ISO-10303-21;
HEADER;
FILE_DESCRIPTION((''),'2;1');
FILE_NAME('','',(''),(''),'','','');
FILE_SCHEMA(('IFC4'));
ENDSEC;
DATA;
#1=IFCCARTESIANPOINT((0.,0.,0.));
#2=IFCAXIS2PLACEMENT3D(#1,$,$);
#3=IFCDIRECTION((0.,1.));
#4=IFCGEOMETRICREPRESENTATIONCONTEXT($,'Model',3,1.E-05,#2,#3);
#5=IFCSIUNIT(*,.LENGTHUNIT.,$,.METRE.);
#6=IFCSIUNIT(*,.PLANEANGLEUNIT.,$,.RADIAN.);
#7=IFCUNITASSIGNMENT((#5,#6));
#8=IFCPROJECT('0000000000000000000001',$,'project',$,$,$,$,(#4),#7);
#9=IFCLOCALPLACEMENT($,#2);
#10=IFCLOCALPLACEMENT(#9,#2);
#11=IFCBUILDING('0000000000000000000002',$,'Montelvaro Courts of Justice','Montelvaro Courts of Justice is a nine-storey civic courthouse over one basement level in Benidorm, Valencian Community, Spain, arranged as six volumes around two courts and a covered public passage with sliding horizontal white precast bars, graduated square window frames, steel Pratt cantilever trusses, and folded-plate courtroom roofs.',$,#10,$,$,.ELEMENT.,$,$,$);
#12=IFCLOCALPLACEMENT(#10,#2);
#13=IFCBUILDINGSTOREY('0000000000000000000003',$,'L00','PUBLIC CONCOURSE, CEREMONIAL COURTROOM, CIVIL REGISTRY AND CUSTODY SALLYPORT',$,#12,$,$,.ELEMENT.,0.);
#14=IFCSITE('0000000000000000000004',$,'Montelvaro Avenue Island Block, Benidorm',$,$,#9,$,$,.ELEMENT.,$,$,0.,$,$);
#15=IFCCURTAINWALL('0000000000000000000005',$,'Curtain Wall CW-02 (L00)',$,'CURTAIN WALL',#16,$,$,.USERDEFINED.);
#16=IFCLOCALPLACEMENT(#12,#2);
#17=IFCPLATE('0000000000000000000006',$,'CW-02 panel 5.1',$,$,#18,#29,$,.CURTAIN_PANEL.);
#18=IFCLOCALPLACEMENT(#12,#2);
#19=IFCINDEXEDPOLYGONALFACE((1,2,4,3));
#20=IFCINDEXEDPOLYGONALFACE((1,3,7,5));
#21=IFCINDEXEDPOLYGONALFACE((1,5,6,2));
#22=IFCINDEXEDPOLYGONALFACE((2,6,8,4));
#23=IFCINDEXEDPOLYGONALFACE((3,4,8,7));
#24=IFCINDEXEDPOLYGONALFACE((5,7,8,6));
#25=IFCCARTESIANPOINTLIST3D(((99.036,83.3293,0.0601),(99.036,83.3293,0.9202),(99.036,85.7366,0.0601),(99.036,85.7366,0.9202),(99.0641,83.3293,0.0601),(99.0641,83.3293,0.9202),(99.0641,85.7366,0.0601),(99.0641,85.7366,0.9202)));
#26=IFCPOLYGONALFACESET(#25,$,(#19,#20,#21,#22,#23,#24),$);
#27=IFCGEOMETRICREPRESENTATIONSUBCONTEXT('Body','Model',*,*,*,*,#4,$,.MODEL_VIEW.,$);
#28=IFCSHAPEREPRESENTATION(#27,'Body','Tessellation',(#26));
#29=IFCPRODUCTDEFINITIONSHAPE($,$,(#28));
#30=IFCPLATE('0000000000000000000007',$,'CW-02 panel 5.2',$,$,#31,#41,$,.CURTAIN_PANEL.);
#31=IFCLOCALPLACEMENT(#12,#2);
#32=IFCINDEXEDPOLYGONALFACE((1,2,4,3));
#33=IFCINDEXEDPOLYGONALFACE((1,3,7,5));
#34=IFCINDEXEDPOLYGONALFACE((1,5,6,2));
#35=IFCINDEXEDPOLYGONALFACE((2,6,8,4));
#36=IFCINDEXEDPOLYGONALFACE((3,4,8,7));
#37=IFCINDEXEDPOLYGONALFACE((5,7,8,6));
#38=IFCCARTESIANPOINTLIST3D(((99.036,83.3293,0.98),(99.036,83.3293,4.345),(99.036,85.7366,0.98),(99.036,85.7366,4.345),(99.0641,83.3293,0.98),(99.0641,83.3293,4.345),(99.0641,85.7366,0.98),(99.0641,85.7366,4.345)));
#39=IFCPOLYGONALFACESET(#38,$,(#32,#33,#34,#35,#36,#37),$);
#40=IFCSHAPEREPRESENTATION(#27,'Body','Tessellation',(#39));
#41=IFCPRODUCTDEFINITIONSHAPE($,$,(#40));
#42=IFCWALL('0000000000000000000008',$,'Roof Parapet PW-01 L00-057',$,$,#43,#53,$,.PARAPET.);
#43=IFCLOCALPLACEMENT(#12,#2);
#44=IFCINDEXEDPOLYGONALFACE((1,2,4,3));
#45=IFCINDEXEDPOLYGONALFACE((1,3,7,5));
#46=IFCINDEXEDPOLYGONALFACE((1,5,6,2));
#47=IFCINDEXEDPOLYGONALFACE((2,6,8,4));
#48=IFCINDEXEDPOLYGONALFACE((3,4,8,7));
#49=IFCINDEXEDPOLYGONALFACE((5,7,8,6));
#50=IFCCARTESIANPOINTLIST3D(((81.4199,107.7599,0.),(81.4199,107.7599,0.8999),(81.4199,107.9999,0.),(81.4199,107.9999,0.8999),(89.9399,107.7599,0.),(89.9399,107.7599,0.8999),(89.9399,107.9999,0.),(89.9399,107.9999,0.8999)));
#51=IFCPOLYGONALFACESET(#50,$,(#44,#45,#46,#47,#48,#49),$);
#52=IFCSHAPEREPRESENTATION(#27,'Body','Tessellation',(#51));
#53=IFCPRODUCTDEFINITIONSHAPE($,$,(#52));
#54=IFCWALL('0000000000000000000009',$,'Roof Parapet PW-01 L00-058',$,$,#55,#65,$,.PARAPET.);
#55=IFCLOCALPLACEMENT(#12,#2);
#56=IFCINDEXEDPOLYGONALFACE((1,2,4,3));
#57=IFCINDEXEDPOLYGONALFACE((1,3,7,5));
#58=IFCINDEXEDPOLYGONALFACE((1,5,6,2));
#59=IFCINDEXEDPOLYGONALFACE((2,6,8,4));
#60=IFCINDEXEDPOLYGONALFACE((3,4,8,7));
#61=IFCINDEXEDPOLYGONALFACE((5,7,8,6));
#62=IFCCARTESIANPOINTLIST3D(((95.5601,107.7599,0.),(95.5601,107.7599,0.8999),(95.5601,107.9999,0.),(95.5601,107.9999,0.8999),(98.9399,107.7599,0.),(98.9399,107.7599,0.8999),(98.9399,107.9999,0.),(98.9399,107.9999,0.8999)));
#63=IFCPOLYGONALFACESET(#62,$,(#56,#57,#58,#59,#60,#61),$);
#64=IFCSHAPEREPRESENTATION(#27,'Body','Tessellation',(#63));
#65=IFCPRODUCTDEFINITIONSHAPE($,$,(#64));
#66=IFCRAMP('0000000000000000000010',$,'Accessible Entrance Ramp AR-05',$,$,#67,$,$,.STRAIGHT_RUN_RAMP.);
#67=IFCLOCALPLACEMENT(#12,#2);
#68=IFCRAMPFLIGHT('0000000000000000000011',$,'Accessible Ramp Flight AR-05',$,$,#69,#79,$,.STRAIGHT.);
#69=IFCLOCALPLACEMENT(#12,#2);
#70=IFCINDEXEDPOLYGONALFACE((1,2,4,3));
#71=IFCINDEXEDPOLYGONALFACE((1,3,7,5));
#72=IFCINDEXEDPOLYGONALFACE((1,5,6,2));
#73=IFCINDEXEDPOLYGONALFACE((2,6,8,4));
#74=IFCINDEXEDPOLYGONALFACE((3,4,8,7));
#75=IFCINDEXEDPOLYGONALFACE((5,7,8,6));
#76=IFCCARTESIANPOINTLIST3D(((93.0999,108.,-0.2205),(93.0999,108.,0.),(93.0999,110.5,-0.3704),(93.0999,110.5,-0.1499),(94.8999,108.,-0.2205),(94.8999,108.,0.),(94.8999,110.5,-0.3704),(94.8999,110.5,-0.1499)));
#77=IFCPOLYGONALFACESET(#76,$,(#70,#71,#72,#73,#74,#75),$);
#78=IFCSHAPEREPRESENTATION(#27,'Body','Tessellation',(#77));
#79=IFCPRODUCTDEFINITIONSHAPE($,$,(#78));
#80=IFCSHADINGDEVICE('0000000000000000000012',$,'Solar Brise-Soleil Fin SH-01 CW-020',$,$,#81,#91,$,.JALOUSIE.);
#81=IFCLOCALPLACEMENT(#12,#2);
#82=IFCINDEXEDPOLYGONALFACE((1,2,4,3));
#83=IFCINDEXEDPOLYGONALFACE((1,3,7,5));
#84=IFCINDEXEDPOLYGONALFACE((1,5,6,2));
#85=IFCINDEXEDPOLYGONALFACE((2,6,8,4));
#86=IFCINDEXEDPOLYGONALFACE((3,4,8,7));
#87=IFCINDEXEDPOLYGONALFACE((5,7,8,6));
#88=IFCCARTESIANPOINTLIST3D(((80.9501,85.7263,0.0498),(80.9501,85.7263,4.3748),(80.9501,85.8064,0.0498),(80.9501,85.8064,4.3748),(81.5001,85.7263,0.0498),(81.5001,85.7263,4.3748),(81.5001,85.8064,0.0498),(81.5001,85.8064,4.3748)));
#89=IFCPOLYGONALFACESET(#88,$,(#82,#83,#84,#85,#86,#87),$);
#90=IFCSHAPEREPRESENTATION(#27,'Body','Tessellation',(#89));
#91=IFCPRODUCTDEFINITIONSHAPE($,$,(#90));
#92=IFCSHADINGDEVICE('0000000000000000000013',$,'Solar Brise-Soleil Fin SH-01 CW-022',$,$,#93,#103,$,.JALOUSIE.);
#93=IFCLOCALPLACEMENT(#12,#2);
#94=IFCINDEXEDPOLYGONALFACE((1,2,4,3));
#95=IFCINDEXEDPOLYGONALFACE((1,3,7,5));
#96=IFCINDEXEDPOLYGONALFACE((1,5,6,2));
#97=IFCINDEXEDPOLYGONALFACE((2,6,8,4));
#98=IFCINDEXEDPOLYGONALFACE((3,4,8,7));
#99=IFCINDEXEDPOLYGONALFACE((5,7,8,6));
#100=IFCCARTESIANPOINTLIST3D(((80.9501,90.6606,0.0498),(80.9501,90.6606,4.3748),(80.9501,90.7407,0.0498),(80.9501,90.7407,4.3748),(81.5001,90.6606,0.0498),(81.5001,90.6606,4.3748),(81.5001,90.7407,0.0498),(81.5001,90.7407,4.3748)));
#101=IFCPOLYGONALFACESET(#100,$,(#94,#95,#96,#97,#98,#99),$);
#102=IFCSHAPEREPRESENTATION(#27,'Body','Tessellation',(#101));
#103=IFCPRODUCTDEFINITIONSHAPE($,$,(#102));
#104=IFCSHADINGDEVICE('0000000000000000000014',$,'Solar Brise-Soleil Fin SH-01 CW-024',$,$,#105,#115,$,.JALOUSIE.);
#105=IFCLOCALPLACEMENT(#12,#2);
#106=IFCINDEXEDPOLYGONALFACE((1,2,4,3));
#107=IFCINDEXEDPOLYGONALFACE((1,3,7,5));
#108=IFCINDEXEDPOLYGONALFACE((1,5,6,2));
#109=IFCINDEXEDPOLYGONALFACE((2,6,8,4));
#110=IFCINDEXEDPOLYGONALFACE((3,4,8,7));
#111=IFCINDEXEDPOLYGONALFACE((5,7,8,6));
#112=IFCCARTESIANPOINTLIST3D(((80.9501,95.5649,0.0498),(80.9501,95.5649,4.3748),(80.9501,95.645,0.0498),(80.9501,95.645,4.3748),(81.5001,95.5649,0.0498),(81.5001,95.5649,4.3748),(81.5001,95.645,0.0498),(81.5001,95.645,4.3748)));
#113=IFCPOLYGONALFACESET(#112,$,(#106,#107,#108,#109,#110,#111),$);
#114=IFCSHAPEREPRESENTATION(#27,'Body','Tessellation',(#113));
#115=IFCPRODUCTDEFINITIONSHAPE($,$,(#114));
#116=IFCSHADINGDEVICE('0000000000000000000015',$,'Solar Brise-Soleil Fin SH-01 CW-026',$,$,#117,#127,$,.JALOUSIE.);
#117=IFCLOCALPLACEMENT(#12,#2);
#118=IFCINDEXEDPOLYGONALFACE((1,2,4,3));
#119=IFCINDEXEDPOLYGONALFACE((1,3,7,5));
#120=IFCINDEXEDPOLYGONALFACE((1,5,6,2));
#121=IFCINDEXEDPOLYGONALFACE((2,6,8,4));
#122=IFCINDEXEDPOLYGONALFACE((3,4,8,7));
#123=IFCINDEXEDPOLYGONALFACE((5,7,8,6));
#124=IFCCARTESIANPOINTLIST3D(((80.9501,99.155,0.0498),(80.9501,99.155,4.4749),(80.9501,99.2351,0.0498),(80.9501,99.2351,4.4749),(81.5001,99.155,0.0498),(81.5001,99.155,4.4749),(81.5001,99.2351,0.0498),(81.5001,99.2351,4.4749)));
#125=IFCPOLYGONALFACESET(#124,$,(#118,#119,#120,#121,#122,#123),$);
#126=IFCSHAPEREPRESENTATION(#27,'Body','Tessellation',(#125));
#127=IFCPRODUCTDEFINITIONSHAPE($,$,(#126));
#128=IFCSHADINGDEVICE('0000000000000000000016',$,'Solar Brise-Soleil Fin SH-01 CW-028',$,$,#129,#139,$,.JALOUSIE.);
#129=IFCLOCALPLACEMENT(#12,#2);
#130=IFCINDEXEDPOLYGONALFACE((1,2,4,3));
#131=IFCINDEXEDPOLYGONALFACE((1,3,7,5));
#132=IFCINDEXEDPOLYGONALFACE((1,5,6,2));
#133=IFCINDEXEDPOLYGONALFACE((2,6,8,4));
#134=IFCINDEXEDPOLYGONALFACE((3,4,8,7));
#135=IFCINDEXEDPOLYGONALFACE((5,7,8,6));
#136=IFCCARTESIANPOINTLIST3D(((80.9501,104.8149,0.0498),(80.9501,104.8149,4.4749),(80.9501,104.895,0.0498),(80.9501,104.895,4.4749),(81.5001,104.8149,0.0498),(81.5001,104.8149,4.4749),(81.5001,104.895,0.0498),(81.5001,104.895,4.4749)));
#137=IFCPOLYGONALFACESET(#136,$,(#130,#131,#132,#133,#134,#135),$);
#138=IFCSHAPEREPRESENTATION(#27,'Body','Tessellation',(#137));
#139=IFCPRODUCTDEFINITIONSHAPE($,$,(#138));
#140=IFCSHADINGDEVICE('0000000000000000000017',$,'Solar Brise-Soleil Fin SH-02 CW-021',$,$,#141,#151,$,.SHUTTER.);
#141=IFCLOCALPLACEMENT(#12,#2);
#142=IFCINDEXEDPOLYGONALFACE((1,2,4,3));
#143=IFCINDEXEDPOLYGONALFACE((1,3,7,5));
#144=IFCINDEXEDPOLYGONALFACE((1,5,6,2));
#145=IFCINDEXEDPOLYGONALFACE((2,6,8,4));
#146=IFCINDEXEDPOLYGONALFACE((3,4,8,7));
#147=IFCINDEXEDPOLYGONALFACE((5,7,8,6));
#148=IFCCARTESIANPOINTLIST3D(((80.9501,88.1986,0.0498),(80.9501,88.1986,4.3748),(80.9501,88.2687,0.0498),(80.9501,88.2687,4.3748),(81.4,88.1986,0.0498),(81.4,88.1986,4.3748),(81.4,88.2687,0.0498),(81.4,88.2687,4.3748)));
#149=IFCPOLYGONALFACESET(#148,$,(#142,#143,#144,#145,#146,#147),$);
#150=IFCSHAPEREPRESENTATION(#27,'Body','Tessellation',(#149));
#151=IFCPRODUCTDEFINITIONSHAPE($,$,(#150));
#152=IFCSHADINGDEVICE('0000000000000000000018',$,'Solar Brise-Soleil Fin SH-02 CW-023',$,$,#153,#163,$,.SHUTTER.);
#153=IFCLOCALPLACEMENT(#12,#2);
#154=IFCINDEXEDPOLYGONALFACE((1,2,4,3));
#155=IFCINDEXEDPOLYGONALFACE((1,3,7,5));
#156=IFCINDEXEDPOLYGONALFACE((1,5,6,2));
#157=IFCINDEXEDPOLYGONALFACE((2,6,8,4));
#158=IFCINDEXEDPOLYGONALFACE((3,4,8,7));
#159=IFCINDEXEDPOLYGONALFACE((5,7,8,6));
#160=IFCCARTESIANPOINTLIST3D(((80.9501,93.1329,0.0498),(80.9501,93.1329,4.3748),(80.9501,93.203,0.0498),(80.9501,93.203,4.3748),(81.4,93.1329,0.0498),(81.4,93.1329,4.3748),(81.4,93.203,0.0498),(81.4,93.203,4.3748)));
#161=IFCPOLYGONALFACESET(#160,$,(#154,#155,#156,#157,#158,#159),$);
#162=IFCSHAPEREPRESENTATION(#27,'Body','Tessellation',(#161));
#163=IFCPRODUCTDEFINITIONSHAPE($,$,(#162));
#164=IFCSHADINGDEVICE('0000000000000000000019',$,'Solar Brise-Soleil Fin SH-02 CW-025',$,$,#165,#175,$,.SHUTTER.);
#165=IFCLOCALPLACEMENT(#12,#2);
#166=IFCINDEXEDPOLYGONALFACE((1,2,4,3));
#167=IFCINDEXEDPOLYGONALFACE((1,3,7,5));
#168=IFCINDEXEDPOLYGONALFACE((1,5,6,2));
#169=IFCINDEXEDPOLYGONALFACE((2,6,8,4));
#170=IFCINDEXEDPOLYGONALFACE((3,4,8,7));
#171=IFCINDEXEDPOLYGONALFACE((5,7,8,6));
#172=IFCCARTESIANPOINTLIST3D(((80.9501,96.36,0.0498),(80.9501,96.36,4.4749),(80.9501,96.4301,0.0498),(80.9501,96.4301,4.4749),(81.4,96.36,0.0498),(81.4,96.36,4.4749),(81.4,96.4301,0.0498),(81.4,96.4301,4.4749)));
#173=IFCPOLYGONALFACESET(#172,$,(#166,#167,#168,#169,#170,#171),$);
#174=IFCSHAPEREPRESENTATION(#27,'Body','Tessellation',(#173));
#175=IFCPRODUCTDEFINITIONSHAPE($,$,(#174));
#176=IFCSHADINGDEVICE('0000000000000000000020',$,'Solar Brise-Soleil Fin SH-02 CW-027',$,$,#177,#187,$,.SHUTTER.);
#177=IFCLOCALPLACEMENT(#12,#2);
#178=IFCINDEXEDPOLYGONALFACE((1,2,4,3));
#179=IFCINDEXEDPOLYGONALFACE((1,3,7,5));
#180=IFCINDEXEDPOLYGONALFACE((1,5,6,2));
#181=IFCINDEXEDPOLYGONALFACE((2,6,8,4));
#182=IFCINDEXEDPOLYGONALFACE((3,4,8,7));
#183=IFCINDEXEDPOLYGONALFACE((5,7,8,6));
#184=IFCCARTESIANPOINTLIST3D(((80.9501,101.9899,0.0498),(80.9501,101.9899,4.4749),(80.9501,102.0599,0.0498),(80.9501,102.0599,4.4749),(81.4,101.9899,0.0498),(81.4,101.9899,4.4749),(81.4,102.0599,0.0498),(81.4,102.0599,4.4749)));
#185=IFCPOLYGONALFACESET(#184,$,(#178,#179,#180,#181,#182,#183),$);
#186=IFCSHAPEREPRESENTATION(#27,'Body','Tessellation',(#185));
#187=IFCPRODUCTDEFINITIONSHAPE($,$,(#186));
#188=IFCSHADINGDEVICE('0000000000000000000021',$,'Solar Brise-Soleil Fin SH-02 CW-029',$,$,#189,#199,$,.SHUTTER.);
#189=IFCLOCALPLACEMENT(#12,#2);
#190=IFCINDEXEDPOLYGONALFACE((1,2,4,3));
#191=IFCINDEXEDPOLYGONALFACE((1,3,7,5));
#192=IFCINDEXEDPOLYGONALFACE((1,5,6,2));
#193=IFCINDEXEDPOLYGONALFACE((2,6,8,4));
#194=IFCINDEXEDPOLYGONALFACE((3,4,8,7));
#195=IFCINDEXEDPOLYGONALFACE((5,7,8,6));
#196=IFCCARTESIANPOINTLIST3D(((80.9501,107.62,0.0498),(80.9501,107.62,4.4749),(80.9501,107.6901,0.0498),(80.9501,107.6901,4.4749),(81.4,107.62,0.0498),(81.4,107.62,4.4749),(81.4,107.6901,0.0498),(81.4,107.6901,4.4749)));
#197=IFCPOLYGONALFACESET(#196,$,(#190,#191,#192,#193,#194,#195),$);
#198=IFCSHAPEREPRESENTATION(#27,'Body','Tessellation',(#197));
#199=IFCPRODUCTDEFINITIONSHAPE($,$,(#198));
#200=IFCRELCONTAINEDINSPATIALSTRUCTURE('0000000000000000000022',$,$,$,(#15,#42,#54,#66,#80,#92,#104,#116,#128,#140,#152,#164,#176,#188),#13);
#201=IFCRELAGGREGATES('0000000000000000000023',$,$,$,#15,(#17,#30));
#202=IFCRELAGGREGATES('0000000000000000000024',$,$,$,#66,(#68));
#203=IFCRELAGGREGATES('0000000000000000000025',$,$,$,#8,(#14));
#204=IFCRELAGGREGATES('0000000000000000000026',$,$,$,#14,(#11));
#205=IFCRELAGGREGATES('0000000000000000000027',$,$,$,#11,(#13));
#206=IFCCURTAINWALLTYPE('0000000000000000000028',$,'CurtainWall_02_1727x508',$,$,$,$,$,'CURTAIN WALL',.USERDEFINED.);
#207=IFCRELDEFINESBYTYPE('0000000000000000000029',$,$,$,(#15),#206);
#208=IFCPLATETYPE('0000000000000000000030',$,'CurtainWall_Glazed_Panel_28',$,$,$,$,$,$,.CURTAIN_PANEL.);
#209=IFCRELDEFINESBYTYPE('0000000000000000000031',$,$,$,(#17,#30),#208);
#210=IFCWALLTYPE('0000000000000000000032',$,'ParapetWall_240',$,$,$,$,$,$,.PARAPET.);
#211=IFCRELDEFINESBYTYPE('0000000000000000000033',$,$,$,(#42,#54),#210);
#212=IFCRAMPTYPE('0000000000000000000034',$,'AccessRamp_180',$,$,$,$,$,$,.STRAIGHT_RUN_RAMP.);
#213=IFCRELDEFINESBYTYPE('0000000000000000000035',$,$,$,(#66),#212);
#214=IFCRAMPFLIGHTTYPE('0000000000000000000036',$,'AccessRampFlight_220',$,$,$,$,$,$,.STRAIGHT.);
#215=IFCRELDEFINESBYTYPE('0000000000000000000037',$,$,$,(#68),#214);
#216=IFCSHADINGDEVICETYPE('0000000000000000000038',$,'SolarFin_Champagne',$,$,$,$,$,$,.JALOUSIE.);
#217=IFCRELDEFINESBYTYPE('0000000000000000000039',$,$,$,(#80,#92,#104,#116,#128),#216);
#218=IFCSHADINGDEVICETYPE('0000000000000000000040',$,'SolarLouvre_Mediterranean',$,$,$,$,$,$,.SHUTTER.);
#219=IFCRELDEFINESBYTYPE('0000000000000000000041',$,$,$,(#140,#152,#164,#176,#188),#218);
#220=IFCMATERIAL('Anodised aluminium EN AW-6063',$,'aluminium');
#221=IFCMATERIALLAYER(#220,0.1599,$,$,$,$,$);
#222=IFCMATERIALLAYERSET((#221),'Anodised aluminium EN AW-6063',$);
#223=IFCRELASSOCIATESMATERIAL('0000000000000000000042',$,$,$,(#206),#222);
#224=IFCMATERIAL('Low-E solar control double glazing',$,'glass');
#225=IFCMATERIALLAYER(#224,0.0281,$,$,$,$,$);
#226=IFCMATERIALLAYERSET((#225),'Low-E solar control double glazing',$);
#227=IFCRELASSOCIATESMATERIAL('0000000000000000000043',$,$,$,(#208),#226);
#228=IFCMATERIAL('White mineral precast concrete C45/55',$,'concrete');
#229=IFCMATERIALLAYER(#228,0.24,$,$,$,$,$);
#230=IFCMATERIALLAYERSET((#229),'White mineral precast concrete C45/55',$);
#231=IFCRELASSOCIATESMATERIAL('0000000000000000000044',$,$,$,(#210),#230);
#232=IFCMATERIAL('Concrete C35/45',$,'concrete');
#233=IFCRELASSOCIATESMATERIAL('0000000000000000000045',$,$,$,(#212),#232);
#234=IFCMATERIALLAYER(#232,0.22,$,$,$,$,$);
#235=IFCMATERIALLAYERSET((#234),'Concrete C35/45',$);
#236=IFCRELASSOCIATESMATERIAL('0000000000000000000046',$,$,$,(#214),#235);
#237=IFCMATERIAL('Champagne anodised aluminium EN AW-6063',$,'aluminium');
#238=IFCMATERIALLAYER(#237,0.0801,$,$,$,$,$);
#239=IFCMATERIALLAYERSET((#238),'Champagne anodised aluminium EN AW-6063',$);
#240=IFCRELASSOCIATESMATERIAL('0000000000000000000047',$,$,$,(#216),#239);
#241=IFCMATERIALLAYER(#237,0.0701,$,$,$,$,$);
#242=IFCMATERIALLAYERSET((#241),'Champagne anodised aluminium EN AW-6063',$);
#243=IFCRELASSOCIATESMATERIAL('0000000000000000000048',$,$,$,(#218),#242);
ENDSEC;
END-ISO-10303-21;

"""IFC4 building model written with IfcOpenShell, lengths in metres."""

from ifc_helpers import new_model, si_unit, direction, frame, frame_2d, origin, origin_2d, place, context, subcontext, project, spatial, polyline, rectangle, outline, extrude, material, layer, layer_set, type_object, element, aggregate, save


model = new_model("IFC4")

# Units and contexts
model_context = context("Model", 3, precision=1e-05, world=origin(), true_north=direction((0.0, 1.0)))
body_context = subcontext(model_context, "Body", "Model", "MODEL_VIEW")
ifc_project = project(units=[si_unit("LENGTHUNIT", "METRE"), si_unit("PLANEANGLEUNIT", "RADIAN")], contexts=[model_context])

# Site, building, storey
site_placement = place(None, origin())
site = spatial("IfcSite", under=ifc_project, at=site_placement, Name="Montelvaro Avenue Island Block, Benidorm", CompositionType="ELEMENT", RefElevation=0.0)
building_placement = place(site_placement, origin())
building = spatial("IfcBuilding", under=site, at=building_placement, Name="Montelvaro Courts of Justice", Description="Montelvaro Courts of Justice is a nine-storey civic courthouse over one basement level in Benidorm, Valencian Community, Spain, arranged as six volumes around two courts and a covered public passage with sliding horizontal white precast bars, graduated square window frames, steel Pratt cantilever trusses, and folded-plate courtroom roofs.", CompositionType="ELEMENT")
storey_placement = place(building_placement, origin())
storey = spatial("IfcBuildingStorey", under=building, at=storey_placement, Name="L00", Description="PUBLIC CONCOURSE, CEREMONIAL COURTROOM, CIVIL REGISTRY AND CUSTODY SALLYPORT", CompositionType="ELEMENT", Elevation=0.0)

# Shared definitions
ifc_material_1 = material(Name="Anodised aluminium EN AW-6063", Category="aluminium")

# Curtain wall
ifc_layer_1 = layer(ifc_material_1, 0.1599)
ifc_layer_set_1 = layer_set([ifc_layer_1], Name="Anodised aluminium EN AW-6063")
curtain_wall_type_1 = type_object("IfcCurtainWallType", Name="CurtainWall_02_1727x508", ElementType="CURTAIN WALL", PredefinedType="USERDEFINED", material=ifc_layer_set_1)
curtain_wall_1_placement = place(storey_placement, origin())
curtain_wall_1 = element("IfcCurtainWall", 1, at=curtain_wall_1_placement, inside=storey, type_object=curtain_wall_type_1, Name="Curtain Wall CW-02 (L00)", ObjectType="CURTAIN WALL", PredefinedType="USERDEFINED")

# Plates
ifc_material_2 = material(Name="Low-E solar control double glazing", Category="glass")
ifc_layer_2 = layer(ifc_material_2, 0.0281)
ifc_layer_set_2 = layer_set([ifc_layer_2], Name="Low-E solar control double glazing")
plate_type = type_object("IfcPlateType", Name="CurtainWall_Glazed_Panel_28", PredefinedType="CURTAIN_PANEL", material=ifc_layer_set_2)
plate_1_placement = place(storey_placement, frame((99.05, 84.533, 0.0601), z_axis=(0.0, 0.0, 1.0), x_axis=(0.0, -1.0, 0.0)))
plate_1 = element("IfcPlate", 2, at=plate_1_placement, type_object=plate_type, Name="CW-02 panel 5.1", PredefinedType="CURTAIN_PANEL", context=body_context, shape_type="SweptSolid", body=[
    extrude(rectangle(XDim=2.4072, YDim=0.0281, at=origin_2d()), origin(), (0.0, 0.0, 1.0), 0.8601),
])
plate_2_placement = place(storey_placement, frame((99.05, 84.533, 0.98), z_axis=(0.0, 0.0, 1.0), x_axis=(0.0, -1.0, 0.0)))
plate_2 = element("IfcPlate", 3, at=plate_2_placement, type_object=plate_type, Name="CW-02 panel 5.2", PredefinedType="CURTAIN_PANEL", context=body_context, shape_type="SweptSolid", body=[
    extrude(rectangle(XDim=2.4072, YDim=0.0281, at=origin_2d()), origin(), (0.0, 0.0, 1.0), 3.365),
])
aggregate(curtain_wall_1, [plate_1, plate_2])

# Walls
ifc_material_3 = material(Name="White mineral precast concrete C45/55", Category="concrete")
ifc_layer_3 = layer(ifc_material_3, 0.24)
ifc_layer_set_3 = layer_set([ifc_layer_3], Name="White mineral precast concrete C45/55")
wall_type = type_object("IfcWallType", Name="ParapetWall_240", PredefinedType="PARAPET", material=ifc_layer_set_3)
wall_1_placement = place(storey_placement, frame((81.4199, 107.8799, 0.0), z_axis=(0.0, 0.0, 1.0), x_axis=(1.0, 0.0, 0.0)))
element("IfcWall", 4, at=wall_1_placement, inside=storey, type_object=wall_type, Name="Roof Parapet PW-01 L00-057", PredefinedType="PARAPET", context=body_context, shape_type="SweptSolid", body=[
    extrude(rectangle(XDim=8.52, YDim=0.24, at=frame_2d((4.26, 0.0))), origin(), (0.0, 0.0, 1.0), 0.8999),
])
wall_2_placement = place(storey_placement, frame((95.5601, 107.8799, 0.0), z_axis=(0.0, 0.0, 1.0), x_axis=(1.0, 0.0, 0.0)))
element("IfcWall", 5, at=wall_2_placement, inside=storey, type_object=wall_type, Name="Roof Parapet PW-01 L00-058", PredefinedType="PARAPET", context=body_context, shape_type="SweptSolid", body=[
    extrude(rectangle(XDim=3.3799, YDim=0.24, at=frame_2d((1.6899, 0.0))), origin(), (0.0, 0.0, 1.0), 0.8999),
])

# Ramp, ramp flight
ifc_material_4 = material(Name="Concrete C35/45", Category="concrete")
ramp_type = type_object("IfcRampType", Name="AccessRamp_180", PredefinedType="STRAIGHT_RUN_RAMP", material=ifc_material_4)
ramp_placement = place(storey_placement, origin())
ramp = element("IfcRamp", 6, at=ramp_placement, inside=storey, type_object=ramp_type, Name="Accessible Entrance Ramp AR-05", PredefinedType="STRAIGHT_RUN_RAMP")
ifc_layer_4 = layer(ifc_material_4, 0.22)
ifc_layer_set_4 = layer_set([ifc_layer_4], Name="Concrete C35/45")
ramp_flight_type = type_object("IfcRampFlightType", Name="AccessRampFlight_220", PredefinedType="STRAIGHT", material=ifc_layer_set_4)
ramp_flight_placement = place(storey_placement, frame((94.0, 110.5, -0.1499), z_axis=(0.0, 0.0, 1.0), x_axis=(0.0, -1.0, 0.0)))
ramp_flight = element("IfcRampFlight", 7, at=ramp_flight_placement, type_object=ramp_flight_type, Name="Accessible Ramp Flight AR-05", PredefinedType="STRAIGHT", context=body_context, shape_type="SweptSolid", body=[
    extrude(outline(polyline([(0.0, 0.0), (2.5, 0.1499), (2.5, -0.0706), (0.0, -0.2205), (0.0, 0.0)])), frame((0.0, 0.8999, 0.0), z_axis=(0.0, -1.0, 0.0), x_axis=(1.0, 0.0, 0.0)), (0.0, 0.0, 1.0), 1.8),
])
aggregate(ramp, [ramp_flight])

# Shading devices
ifc_material_5 = material(Name="Champagne anodised aluminium EN AW-6063", Category="aluminium")
ifc_layer_5 = layer(ifc_material_5, 0.0801)
ifc_layer_set_5 = layer_set([ifc_layer_5], Name="Champagne anodised aluminium EN AW-6063")
shading_device_type_1 = type_object("IfcShadingDeviceType", Name="SolarFin_Champagne", PredefinedType="JALOUSIE", material=ifc_layer_set_5)
for number, where, z_axis, x_axis, name in (
    (8, (81.2251, 85.7664, 0.0498), (0.0, 0.0, 1.0), (0.0, 1.0, 0.0), "Solar Brise-Soleil Fin SH-01 CW-020"),
    (9, (81.2251, 90.7007, 0.0498), (0.0, 0.0, 1.0), (0.0, 1.0, 0.0), "Solar Brise-Soleil Fin SH-01 CW-022"),
    (10, (81.2251, 95.605, 0.0498), (0.0, 0.0, 1.0), (0.0, 1.0, 0.0), "Solar Brise-Soleil Fin SH-01 CW-024"),
):
    element("IfcShadingDevice", number, at=place(storey_placement, frame(where, z_axis=z_axis, x_axis=x_axis)), inside=storey, type_object=shading_device_type_1, Name=name, PredefinedType="JALOUSIE", context=body_context, shape_type="SweptSolid", body=[
        extrude(rectangle(XDim=0.0801, YDim=0.55, at=origin_2d()), origin(), (0.0, 0.0, 1.0), 4.325),
    ])
for number, where, z_axis, x_axis, name in (
    (11, (81.2251, 99.1951, 0.0498), (0.0, 0.0, 1.0), (0.0, 1.0, 0.0), "Solar Brise-Soleil Fin SH-01 CW-026"),
    (12, (81.2251, 104.855, 0.0498), (0.0, 0.0, 1.0), (0.0, 1.0, 0.0), "Solar Brise-Soleil Fin SH-01 CW-028"),
):
    element("IfcShadingDevice", number, at=place(storey_placement, frame(where, z_axis=z_axis, x_axis=x_axis)), inside=storey, type_object=shading_device_type_1, Name=name, PredefinedType="JALOUSIE", context=body_context, shape_type="SweptSolid", body=[
        extrude(rectangle(XDim=0.0801, YDim=0.55, at=origin_2d()), origin(), (0.0, 0.0, 1.0), 4.425),
    ])
ifc_layer_6 = layer(ifc_material_5, 0.0701)
ifc_layer_set_6 = layer_set([ifc_layer_6], Name="Champagne anodised aluminium EN AW-6063")
shading_device_type_2 = type_object("IfcShadingDeviceType", Name="SolarLouvre_Mediterranean", PredefinedType="SHUTTER", material=ifc_layer_set_6)
for number, where, z_axis, x_axis, name in (
    (13, (81.175, 88.2336, 0.0498), (0.0, 0.0, 1.0), (0.0, 1.0, 0.0), "Solar Brise-Soleil Fin SH-02 CW-021"),
    (14, (81.175, 93.168, 0.0498), (0.0, 0.0, 1.0), (0.0, 1.0, 0.0), "Solar Brise-Soleil Fin SH-02 CW-023"),
):
    element("IfcShadingDevice", number, at=place(storey_placement, frame(where, z_axis=z_axis, x_axis=x_axis)), inside=storey, type_object=shading_device_type_2, Name=name, PredefinedType="SHUTTER", context=body_context, shape_type="SweptSolid", body=[
        extrude(rectangle(XDim=0.0701, YDim=0.45, at=origin_2d()), origin(), (0.0, 0.0, 1.0), 4.325),
    ])
for number, where, z_axis, x_axis, name in (
    (15, (81.175, 96.395, 0.0498), (0.0, 0.0, 1.0), (0.0, 1.0, 0.0), "Solar Brise-Soleil Fin SH-02 CW-025"),
    (16, (81.175, 102.0249, 0.0498), (0.0, 0.0, 1.0), (0.0, 1.0, 0.0), "Solar Brise-Soleil Fin SH-02 CW-027"),
    (17, (81.175, 107.655, 0.0498), (0.0, 0.0, 1.0), (0.0, 1.0, 0.0), "Solar Brise-Soleil Fin SH-02 CW-029"),
):
    element("IfcShadingDevice", number, at=place(storey_placement, frame(where, z_axis=z_axis, x_axis=x_axis)), inside=storey, type_object=shading_device_type_2, Name=name, PredefinedType="SHUTTER", context=body_context, shape_type="SweptSolid", body=[
        extrude(rectangle(XDim=0.0701, YDim=0.45, at=origin_2d()), origin(), (0.0, 0.0, 1.0), 4.425),
    ])

save(model, "model.ifc")
